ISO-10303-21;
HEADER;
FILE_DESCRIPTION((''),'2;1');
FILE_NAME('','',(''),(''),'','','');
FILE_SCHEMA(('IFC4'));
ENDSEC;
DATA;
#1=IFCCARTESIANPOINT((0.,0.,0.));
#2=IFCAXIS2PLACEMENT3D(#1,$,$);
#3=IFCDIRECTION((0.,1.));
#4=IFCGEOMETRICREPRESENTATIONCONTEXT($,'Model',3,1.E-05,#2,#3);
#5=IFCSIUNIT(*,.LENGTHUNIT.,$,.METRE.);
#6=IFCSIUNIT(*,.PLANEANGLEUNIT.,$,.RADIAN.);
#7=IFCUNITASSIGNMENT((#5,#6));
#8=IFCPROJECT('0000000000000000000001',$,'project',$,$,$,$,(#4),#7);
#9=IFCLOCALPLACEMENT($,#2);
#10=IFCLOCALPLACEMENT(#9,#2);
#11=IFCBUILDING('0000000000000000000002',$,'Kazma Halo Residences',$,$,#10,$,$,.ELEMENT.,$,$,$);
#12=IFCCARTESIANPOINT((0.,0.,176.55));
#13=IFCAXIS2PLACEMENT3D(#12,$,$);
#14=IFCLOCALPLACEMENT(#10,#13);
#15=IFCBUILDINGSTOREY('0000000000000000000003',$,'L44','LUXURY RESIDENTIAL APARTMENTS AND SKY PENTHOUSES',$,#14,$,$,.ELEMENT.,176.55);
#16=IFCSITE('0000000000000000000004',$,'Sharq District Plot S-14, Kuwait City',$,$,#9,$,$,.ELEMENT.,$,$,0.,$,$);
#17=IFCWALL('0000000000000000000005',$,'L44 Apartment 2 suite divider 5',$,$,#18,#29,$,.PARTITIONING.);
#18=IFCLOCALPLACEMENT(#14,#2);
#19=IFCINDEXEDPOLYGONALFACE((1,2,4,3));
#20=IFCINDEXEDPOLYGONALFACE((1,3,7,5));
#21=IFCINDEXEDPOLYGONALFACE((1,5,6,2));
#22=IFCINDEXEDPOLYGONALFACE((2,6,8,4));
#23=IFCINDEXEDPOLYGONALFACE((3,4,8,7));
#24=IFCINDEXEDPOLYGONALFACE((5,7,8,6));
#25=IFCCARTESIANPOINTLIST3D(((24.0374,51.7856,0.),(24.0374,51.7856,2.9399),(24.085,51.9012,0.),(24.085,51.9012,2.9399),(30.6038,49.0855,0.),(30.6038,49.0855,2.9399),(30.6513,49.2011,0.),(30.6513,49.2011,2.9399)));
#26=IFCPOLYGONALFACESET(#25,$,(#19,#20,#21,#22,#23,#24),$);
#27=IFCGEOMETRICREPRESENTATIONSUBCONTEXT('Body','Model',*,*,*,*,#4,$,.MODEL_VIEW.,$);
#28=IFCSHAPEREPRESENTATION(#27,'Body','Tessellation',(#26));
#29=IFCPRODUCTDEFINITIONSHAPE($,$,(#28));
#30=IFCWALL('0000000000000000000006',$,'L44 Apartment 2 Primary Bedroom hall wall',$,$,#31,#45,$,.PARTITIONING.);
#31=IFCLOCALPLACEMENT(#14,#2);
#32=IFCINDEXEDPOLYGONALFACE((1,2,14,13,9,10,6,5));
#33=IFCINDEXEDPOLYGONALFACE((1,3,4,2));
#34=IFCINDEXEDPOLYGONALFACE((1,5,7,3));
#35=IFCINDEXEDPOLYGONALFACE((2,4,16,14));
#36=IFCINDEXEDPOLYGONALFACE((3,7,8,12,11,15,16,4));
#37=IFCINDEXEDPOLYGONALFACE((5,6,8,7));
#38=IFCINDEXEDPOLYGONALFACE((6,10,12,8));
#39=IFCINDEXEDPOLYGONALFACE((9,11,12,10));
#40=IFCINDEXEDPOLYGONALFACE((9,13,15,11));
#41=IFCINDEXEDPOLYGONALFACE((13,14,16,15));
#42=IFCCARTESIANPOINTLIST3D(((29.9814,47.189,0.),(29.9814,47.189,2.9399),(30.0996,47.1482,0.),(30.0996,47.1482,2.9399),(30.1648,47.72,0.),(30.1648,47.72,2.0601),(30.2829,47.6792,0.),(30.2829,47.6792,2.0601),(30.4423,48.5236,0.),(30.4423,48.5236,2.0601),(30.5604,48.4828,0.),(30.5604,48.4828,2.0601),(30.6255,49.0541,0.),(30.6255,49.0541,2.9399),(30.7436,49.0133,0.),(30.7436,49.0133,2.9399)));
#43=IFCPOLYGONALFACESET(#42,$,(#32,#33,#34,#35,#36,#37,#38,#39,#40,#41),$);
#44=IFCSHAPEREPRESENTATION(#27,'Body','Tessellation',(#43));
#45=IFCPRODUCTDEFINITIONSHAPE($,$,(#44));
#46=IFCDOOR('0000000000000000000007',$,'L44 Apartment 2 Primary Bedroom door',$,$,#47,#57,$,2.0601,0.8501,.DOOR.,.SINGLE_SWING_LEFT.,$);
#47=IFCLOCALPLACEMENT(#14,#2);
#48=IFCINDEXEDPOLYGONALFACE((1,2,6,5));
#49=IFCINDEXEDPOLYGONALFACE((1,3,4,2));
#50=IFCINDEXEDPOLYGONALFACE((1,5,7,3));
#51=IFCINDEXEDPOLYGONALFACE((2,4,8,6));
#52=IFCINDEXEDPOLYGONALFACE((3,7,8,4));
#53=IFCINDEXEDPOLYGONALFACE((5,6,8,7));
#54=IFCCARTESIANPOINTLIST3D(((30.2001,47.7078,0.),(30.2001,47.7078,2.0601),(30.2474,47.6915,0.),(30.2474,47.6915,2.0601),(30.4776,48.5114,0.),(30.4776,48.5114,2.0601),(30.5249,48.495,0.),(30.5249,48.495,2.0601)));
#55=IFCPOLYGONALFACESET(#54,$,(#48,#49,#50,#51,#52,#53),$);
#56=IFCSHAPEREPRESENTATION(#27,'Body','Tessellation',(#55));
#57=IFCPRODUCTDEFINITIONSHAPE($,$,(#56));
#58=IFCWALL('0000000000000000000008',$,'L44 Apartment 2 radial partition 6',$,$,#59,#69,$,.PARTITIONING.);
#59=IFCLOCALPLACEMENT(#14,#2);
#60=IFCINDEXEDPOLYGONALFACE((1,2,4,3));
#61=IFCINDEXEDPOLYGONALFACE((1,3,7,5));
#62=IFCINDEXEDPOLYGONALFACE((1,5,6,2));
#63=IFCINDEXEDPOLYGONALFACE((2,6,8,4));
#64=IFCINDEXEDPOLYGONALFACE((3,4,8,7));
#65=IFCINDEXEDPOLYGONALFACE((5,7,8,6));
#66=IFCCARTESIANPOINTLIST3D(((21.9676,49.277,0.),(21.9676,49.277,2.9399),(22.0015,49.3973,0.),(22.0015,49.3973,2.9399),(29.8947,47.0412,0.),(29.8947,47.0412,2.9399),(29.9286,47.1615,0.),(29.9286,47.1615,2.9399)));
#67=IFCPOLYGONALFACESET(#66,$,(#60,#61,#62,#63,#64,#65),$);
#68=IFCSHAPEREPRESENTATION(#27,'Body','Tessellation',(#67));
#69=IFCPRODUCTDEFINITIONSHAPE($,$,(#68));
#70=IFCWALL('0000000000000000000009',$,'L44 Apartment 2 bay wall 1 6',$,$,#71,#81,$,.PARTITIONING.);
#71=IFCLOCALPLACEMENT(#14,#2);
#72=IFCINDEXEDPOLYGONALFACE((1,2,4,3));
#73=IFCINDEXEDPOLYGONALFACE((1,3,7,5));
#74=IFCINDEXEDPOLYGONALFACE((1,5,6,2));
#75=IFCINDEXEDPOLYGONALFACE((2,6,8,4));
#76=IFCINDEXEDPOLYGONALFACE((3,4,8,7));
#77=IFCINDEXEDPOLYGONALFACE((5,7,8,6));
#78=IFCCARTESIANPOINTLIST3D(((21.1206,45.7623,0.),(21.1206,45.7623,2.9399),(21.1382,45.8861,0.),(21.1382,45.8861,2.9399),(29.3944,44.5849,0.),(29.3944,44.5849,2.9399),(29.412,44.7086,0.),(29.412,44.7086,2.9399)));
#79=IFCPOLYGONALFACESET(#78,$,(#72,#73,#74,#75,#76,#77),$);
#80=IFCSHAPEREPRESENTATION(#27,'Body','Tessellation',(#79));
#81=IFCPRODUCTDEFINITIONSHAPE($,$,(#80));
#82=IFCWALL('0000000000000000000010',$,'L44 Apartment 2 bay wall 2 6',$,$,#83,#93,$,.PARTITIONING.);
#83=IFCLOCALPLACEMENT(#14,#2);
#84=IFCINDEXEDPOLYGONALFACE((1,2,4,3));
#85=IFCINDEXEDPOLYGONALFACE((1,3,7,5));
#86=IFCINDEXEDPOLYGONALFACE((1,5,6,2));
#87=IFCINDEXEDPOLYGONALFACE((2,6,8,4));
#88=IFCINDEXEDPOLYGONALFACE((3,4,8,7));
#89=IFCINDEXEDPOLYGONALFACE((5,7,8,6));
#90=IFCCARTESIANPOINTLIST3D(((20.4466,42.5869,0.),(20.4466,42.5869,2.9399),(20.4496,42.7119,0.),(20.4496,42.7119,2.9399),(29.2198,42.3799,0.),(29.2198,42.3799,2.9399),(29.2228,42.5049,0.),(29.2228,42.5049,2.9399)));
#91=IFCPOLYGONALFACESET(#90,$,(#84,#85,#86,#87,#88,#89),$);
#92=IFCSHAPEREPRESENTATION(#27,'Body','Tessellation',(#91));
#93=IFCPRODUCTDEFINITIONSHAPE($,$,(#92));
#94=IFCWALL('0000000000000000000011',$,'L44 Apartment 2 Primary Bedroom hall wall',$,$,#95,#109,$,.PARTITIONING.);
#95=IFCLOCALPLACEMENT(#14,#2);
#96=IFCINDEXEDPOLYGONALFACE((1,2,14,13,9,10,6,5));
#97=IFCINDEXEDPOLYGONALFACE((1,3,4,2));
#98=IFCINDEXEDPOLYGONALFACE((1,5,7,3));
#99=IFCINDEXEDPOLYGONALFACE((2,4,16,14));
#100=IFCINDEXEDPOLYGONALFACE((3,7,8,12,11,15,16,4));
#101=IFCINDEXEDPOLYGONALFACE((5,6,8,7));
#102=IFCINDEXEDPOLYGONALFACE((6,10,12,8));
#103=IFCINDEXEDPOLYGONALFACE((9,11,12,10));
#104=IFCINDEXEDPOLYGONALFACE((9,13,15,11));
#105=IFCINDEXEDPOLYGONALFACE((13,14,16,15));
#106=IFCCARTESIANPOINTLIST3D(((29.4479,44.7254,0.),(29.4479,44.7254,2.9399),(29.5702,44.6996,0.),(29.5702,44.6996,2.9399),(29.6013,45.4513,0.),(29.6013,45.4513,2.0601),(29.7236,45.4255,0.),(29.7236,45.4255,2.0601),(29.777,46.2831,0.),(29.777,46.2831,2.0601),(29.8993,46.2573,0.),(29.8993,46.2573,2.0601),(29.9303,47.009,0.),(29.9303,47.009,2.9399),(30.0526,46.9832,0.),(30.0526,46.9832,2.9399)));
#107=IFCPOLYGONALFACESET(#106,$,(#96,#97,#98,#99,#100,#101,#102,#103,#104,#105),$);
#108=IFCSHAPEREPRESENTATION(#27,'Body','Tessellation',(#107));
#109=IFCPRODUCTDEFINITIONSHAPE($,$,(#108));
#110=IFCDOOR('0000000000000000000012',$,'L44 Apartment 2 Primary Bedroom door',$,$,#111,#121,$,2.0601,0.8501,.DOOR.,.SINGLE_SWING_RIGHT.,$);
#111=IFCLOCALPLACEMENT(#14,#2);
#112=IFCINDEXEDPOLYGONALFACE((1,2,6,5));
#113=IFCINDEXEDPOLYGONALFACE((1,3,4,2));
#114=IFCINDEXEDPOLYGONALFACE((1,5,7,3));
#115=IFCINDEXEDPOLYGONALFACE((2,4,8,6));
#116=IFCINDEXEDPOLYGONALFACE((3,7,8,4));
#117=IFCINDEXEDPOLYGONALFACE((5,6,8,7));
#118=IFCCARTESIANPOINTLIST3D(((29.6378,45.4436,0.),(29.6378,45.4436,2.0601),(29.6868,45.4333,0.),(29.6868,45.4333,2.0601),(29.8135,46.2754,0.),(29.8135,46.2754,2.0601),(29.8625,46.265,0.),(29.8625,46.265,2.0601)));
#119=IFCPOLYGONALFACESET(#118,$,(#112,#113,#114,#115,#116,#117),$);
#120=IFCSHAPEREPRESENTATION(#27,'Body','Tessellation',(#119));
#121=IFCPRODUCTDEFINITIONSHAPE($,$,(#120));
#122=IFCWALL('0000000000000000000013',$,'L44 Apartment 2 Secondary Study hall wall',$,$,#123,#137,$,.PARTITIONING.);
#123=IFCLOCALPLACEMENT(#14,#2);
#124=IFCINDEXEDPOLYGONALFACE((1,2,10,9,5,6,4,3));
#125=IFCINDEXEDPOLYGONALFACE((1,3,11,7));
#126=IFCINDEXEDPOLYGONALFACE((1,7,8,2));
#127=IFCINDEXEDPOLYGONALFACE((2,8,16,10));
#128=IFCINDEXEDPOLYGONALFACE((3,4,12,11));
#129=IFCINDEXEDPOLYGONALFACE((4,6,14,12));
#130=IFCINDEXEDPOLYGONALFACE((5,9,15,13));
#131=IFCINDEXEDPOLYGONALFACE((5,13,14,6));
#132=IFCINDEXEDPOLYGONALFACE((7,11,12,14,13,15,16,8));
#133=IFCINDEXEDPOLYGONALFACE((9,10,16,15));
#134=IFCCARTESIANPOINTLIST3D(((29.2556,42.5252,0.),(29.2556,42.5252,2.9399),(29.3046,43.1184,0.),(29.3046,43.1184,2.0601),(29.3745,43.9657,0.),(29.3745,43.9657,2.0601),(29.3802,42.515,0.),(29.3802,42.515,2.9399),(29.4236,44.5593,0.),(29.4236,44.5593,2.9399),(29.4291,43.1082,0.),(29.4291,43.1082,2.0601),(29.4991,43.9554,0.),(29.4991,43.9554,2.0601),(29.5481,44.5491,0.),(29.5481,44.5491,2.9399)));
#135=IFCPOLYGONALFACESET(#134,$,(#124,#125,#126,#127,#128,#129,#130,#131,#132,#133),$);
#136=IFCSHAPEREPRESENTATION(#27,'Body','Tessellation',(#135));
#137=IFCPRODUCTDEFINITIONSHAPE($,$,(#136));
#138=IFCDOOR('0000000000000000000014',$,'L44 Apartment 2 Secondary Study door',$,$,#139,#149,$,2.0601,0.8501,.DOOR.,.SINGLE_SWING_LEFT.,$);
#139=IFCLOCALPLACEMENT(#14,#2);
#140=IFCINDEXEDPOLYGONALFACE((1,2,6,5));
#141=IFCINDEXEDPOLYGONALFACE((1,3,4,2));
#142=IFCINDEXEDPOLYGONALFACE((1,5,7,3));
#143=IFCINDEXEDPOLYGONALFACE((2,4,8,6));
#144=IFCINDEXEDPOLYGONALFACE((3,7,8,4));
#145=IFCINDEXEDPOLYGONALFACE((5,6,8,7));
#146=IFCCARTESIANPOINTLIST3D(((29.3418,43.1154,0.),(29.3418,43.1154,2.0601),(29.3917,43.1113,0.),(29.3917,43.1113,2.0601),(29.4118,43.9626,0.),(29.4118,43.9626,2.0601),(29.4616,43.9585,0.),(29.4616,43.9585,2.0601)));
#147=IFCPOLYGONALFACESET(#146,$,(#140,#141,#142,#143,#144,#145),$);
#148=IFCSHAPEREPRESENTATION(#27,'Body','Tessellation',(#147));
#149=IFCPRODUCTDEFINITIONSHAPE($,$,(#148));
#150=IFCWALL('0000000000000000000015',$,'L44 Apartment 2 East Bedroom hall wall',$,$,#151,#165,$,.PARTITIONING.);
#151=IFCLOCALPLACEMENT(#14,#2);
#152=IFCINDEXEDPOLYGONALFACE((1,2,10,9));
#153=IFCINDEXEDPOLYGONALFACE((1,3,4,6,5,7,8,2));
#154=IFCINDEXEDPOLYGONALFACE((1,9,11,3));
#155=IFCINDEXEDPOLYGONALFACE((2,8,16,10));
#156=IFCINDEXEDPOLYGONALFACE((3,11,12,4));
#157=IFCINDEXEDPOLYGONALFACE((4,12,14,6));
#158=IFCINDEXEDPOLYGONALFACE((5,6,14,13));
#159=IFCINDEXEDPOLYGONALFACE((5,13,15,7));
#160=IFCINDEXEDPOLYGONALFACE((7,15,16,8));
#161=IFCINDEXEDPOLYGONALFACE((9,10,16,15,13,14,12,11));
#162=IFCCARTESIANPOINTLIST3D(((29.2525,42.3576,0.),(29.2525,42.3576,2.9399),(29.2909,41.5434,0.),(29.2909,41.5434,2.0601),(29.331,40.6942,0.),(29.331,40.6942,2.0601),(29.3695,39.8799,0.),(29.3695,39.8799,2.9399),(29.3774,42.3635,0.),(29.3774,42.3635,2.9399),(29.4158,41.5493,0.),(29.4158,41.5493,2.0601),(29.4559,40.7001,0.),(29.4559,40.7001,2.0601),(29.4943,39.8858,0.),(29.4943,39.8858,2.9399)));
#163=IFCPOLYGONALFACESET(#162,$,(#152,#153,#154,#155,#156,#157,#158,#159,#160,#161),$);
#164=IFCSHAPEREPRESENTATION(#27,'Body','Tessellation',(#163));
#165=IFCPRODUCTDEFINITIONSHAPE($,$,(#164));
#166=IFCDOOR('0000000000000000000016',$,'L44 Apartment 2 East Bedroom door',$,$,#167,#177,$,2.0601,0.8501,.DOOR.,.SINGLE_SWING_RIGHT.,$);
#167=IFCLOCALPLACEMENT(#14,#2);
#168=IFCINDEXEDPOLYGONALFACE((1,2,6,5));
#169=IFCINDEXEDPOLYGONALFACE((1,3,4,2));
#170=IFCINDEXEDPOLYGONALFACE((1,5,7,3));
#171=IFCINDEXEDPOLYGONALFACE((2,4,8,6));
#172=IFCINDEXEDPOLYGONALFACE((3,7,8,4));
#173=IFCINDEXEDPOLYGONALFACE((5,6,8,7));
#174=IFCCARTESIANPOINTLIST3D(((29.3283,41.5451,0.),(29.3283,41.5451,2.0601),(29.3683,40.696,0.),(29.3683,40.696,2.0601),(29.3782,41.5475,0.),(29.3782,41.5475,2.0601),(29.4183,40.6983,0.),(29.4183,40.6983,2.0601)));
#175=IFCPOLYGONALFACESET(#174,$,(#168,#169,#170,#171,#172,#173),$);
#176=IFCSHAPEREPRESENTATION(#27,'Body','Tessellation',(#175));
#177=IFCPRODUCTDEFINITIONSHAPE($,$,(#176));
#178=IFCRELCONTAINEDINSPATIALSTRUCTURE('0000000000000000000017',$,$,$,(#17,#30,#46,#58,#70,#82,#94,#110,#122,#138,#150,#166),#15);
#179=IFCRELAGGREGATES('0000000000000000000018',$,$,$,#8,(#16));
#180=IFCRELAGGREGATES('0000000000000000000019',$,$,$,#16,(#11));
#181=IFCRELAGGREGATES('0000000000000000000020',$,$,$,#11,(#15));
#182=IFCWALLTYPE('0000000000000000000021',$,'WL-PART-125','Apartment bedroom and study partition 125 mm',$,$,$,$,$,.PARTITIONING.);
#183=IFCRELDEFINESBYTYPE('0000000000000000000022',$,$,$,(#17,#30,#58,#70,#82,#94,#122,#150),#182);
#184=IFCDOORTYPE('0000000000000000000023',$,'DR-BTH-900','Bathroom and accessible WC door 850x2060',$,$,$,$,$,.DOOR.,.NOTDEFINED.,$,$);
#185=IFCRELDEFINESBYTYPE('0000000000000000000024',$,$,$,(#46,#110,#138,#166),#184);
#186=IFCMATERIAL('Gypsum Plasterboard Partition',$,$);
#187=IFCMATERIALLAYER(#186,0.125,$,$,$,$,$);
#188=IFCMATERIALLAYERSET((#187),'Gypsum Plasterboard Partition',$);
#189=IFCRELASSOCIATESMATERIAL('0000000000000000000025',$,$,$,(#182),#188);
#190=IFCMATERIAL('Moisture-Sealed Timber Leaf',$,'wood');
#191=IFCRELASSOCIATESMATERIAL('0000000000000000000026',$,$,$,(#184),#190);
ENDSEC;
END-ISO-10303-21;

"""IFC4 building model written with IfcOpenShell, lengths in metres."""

from ifc_helpers import new_model, si_unit, direction, frame, frame_2d, origin, place, context, subcontext, project, spatial, rectangle, extrude, material, layer, layer_set, type_object, element, fill, save


model = new_model("IFC4")

# Units and contexts
model_context = context("Model", 3, precision=1e-05, world=origin(), true_north=direction((0.0, 1.0)))
body_context = subcontext(model_context, "Body", "Model", "MODEL_VIEW")
ifc_project = project(units=[si_unit("LENGTHUNIT", "METRE"), si_unit("PLANEANGLEUNIT", "RADIAN")], contexts=[model_context])

# Site, building, storey
site_placement = place(None, origin())
site = spatial("IfcSite", under=ifc_project, at=site_placement, Name="Sharq District Plot S-14, Kuwait City", CompositionType="ELEMENT", RefElevation=0.0)
building_placement = place(site_placement, origin())
building = spatial("IfcBuilding", under=site, at=building_placement, Name="Kazma Halo Residences", CompositionType="ELEMENT")
storey_placement = place(building_placement, frame((0.0, 0.0, 176.55)))
storey = spatial("IfcBuildingStorey", under=building, at=storey_placement, Name="L44", Description="LUXURY RESIDENTIAL APARTMENTS AND SKY PENTHOUSES", CompositionType="ELEMENT", Elevation=176.55)

# Wall
ifc_material_1 = material(Name="Gypsum Plasterboard Partition")
ifc_layer_1 = layer(ifc_material_1, 0.125)
ifc_layer_set_1 = layer_set([ifc_layer_1], Name="Gypsum Plasterboard Partition")
wall_type_1 = type_object("IfcWallType", Name="WL-PART-125", Description="Apartment bedroom and study partition 125 mm", PredefinedType="PARTITIONING", material=ifc_layer_set_1)
wall_1_placement = place(storey_placement, frame((30.6274, 49.1433, 0.0), z_axis=(0.0, 0.0, 1.0), x_axis=(-0.924857, 0.380314, 0.0)))
element("IfcWall", 1, at=wall_1_placement, inside=storey, type_object=wall_type_1, Name="L44 Apartment 2 suite divider 5", PredefinedType="PARTITIONING", context=body_context, shape_type="SweptSolid", body=[
    extrude(rectangle(XDim=7.0999, YDim=0.125, at=frame_2d((3.5498, 0.0))), origin(), (0.0, 0.0, 1.0), 2.9399),
])

# Wall, opening, door
wall_2_placement = place(storey_placement, frame((30.6846, 49.0337, 0.0), z_axis=(0.0, 0.0, 1.0), x_axis=(-0.326418, -0.945226, 0.0)))
wall_2 = element("IfcWall", 2, at=wall_2_placement, inside=storey, type_object=wall_type_1, Name="L44 Apartment 2 Primary Bedroom hall wall", PredefinedType="PARTITIONING", context=body_context, shape_type="SweptSolid", body=[
    extrude(rectangle(XDim=1.9731, YDim=0.125, at=frame_2d((0.9866, 0.0))), origin(), (0.0, 0.0, 1.0), 2.9399),
])
opening_1_placement = place(wall_2_placement, frame((0.5613, 0.0, 0.0)))
opening_1 = element("IfcOpeningElement", 3, at=opening_1_placement, cuts=wall_2, PredefinedType="OPENING", context=body_context, shape_type="SweptSolid", body=[
    extrude(rectangle(XDim=0.8501, YDim=2.0601, at=frame_2d((0.425, 1.03))), frame((0.0, 0.0725, 0.0), z_axis=(0.0, -1.0, 0.0), x_axis=(1.0, 0.0, 0.0)), (0.0, 0.0, 1.0), 0.145),
])
ifc_material_2 = material(Name="Moisture-Sealed Timber Leaf", Category="wood")
door_type_1 = type_object("IfcDoorType", Name="DR-BTH-900", Description="Bathroom and accessible WC door 850x2060", OperationType="NOTDEFINED", PredefinedType="DOOR", material=ifc_material_2)
door_1_placement = place(opening_1_placement, origin())
door_1 = element("IfcDoor", 4, at=door_1_placement, inside=storey, type_object=door_type_1, Name="L44 Apartment 2 Primary Bedroom door", OperationType="SINGLE_SWING_LEFT", OverallHeight=2.0601, OverallWidth=0.8501, PredefinedType="DOOR", context=body_context, shape_type="SweptSolid", body=[
    extrude(rectangle(XDim=0.8501, YDim=2.0601, at=frame_2d((0.425, 1.03))), frame((0.0, 0.0249, 0.0), z_axis=(0.0, -1.0, 0.0), x_axis=(1.0, 0.0, 0.0)), (0.0, 0.0, 1.0), 0.05),
])
fill(opening_1, door_1)

# Walls
wall_3_placement = place(storey_placement, frame((29.9116, 47.1013, 0.0), z_axis=(0.0, 0.0, 1.0), x_axis=(-0.962449, 0.271462, 0.0)))
element("IfcWall", 5, at=wall_3_placement, inside=storey, type_object=wall_type_1, Name="L44 Apartment 2 radial partition 6", PredefinedType="PARTITIONING", context=body_context, shape_type="SweptSolid", body=[
    extrude(rectangle(XDim=8.2363, YDim=0.125, at=frame_2d((4.1182, 0.0))), origin(), (0.0, 0.0, 1.0), 2.9399),
])
wall_4_placement = place(storey_placement, frame((29.4033, 44.6467, 0.0), z_axis=(0.0, 0.0, 1.0), x_axis=(-0.990025, 0.140894, 0.0)))
element("IfcWall", 6, at=wall_4_placement, inside=storey, type_object=wall_type_1, Name="L44 Apartment 2 bay wall 1 6", PredefinedType="PARTITIONING", context=body_context, shape_type="SweptSolid", body=[
    extrude(rectangle(XDim=8.3572, YDim=0.125, at=frame_2d((4.1787, 0.0))), origin(), (0.0, 0.0, 1.0), 2.9399),
])
wall_5_placement = place(storey_placement, frame((29.2212, 42.4424, 0.0), z_axis=(0.0, 0.0, 1.0), x_axis=(-0.999722, 0.023592, 0.0)))
element("IfcWall", 7, at=wall_5_placement, inside=storey, type_object=wall_type_1, Name="L44 Apartment 2 bay wall 2 6", PredefinedType="PARTITIONING", context=body_context, shape_type="SweptSolid", body=[
    extrude(rectangle(XDim=8.7756, YDim=0.125, at=frame_2d((4.3877, 0.0))), origin(), (0.0, 0.0, 1.0), 2.9399),
])

# Walls, openings, doors
wall_6_placement = place(storey_placement, frame((29.9915, 46.9961, 0.0), z_axis=(0.0, 0.0, 1.0), x_axis=(-0.206685, -0.978407, 0.0)))
wall_6 = element("IfcWall", 8, at=wall_6_placement, inside=storey, type_object=wall_type_1, Name="L44 Apartment 2 Primary Bedroom hall wall", PredefinedType="PARTITIONING", context=body_context, shape_type="SweptSolid", body=[
    extrude(rectangle(XDim=2.334, YDim=0.125, at=frame_2d((1.167, 0.0))), origin(), (0.0, 0.0, 1.0), 2.9399),
])
opening_2_placement = place(wall_6_placement, frame((0.7419, 0.0, 0.0)))
opening_2 = element("IfcOpeningElement", 9, at=opening_2_placement, cuts=wall_6, PredefinedType="OPENING", context=body_context, shape_type="SweptSolid", body=[
    extrude(rectangle(XDim=0.8501, YDim=2.0601, at=frame_2d((0.425, 1.03))), frame((0.0, 0.0725, 0.0), z_axis=(0.0, -1.0, 0.0), x_axis=(1.0, 0.0, 0.0)), (0.0, 0.0, 1.0), 0.145),
])
door_2_placement = place(opening_2_placement, origin())
door_2 = element("IfcDoor", 10, at=door_2_placement, inside=storey, type_object=door_type_1, Name="L44 Apartment 2 Primary Bedroom door", OperationType="SINGLE_SWING_RIGHT", OverallHeight=2.0601, OverallWidth=0.8501, PredefinedType="DOOR", context=body_context, shape_type="SweptSolid", body=[
    extrude(rectangle(XDim=0.8501, YDim=2.0601, at=frame_2d((0.425, 1.03))), frame((0.0, 0.0249, 0.0), z_axis=(0.0, -1.0, 0.0), x_axis=(1.0, 0.0, 0.0)), (0.0, 0.0, 1.0), 0.05),
])
fill(opening_2, door_2)
wall_7_placement = place(storey_placement, frame((29.4858, 44.5542, 0.0), z_axis=(0.0, 0.0, 1.0), x_axis=(-0.082293, -0.996608, 0.0)))
wall_7 = element("IfcWall", 11, at=wall_7_placement, inside=storey, type_object=wall_type_1, Name="L44 Apartment 2 Secondary Study hall wall", PredefinedType="PARTITIONING", context=body_context, shape_type="SweptSolid", body=[
    extrude(rectangle(XDim=2.041, YDim=0.125, at=frame_2d((1.0205, 0.0))), origin(), (0.0, 0.0, 1.0), 2.9399),
])
opening_3_placement = place(wall_7_placement, frame((0.5957, 0.0, 0.0)))
opening_3 = element("IfcOpeningElement", 12, at=opening_3_placement, cuts=wall_7, PredefinedType="OPENING", context=body_context, shape_type="SweptSolid", body=[
    extrude(rectangle(XDim=0.8501, YDim=2.0601, at=frame_2d((0.425, 1.03))), frame((0.0, 0.0725, 0.0), z_axis=(0.0, -1.0, 0.0), x_axis=(1.0, 0.0, 0.0)), (0.0, 0.0, 1.0), 0.145),
])
door_3_placement = place(opening_3_placement, origin())
door_3 = element("IfcDoor", 13, at=door_3_placement, inside=storey, type_object=door_type_1, Name="L44 Apartment 2 Secondary Study door", OperationType="SINGLE_SWING_LEFT", OverallHeight=2.0601, OverallWidth=0.8501, PredefinedType="DOOR", context=body_context, shape_type="SweptSolid", body=[
    extrude(rectangle(XDim=0.8501, YDim=2.0601, at=frame_2d((0.425, 1.03))), frame((0.0, 0.0249, 0.0), z_axis=(0.0, -1.0, 0.0), x_axis=(1.0, 0.0, 0.0)), (0.0, 0.0, 1.0), 0.05),
])
fill(opening_3, door_3)
wall_8_placement = place(storey_placement, frame((29.3149, 42.3606, 0.0), z_axis=(0.0, 0.0, 1.0), x_axis=(0.047144, -0.998888, 0.0)))
wall_8 = element("IfcWall", 14, at=wall_8_placement, inside=storey, type_object=wall_type_1, Name="L44 Apartment 2 East Bedroom hall wall", PredefinedType="PARTITIONING", context=body_context, shape_type="SweptSolid", body=[
    extrude(rectangle(XDim=2.4805, YDim=0.125, at=frame_2d((1.2402, 0.0))), origin(), (0.0, 0.0, 1.0), 2.9399),
])
opening_4_placement = place(wall_8_placement, frame((0.8152, 0.0, 0.0)))
opening_4 = element("IfcOpeningElement", 15, at=opening_4_placement, cuts=wall_8, PredefinedType="OPENING", context=body_context, shape_type="SweptSolid", body=[
    extrude(rectangle(XDim=0.8501, YDim=2.0601, at=frame_2d((0.425, 1.03))), frame((0.0, 0.0725, 0.0), z_axis=(0.0, -1.0, 0.0), x_axis=(1.0, 0.0, 0.0)), (0.0, 0.0, 1.0), 0.145),
])
door_4_placement = place(opening_4_placement, origin())
door_4 = element("IfcDoor", 16, at=door_4_placement, inside=storey, type_object=door_type_1, Name="L44 Apartment 2 East Bedroom door", OperationType="SINGLE_SWING_RIGHT", OverallHeight=2.0601, OverallWidth=0.8501, PredefinedType="DOOR", context=body_context, shape_type="SweptSolid", body=[
    extrude(rectangle(XDim=0.8501, YDim=2.0601, at=frame_2d((0.425, 1.03))), frame((0.0, 0.0249, 0.0), z_axis=(0.0, -1.0, 0.0), x_axis=(1.0, 0.0, 0.0)), (0.0, 0.0, 1.0), 0.05),
])
fill(opening_4, door_4)

save(model, "model.ifc")
